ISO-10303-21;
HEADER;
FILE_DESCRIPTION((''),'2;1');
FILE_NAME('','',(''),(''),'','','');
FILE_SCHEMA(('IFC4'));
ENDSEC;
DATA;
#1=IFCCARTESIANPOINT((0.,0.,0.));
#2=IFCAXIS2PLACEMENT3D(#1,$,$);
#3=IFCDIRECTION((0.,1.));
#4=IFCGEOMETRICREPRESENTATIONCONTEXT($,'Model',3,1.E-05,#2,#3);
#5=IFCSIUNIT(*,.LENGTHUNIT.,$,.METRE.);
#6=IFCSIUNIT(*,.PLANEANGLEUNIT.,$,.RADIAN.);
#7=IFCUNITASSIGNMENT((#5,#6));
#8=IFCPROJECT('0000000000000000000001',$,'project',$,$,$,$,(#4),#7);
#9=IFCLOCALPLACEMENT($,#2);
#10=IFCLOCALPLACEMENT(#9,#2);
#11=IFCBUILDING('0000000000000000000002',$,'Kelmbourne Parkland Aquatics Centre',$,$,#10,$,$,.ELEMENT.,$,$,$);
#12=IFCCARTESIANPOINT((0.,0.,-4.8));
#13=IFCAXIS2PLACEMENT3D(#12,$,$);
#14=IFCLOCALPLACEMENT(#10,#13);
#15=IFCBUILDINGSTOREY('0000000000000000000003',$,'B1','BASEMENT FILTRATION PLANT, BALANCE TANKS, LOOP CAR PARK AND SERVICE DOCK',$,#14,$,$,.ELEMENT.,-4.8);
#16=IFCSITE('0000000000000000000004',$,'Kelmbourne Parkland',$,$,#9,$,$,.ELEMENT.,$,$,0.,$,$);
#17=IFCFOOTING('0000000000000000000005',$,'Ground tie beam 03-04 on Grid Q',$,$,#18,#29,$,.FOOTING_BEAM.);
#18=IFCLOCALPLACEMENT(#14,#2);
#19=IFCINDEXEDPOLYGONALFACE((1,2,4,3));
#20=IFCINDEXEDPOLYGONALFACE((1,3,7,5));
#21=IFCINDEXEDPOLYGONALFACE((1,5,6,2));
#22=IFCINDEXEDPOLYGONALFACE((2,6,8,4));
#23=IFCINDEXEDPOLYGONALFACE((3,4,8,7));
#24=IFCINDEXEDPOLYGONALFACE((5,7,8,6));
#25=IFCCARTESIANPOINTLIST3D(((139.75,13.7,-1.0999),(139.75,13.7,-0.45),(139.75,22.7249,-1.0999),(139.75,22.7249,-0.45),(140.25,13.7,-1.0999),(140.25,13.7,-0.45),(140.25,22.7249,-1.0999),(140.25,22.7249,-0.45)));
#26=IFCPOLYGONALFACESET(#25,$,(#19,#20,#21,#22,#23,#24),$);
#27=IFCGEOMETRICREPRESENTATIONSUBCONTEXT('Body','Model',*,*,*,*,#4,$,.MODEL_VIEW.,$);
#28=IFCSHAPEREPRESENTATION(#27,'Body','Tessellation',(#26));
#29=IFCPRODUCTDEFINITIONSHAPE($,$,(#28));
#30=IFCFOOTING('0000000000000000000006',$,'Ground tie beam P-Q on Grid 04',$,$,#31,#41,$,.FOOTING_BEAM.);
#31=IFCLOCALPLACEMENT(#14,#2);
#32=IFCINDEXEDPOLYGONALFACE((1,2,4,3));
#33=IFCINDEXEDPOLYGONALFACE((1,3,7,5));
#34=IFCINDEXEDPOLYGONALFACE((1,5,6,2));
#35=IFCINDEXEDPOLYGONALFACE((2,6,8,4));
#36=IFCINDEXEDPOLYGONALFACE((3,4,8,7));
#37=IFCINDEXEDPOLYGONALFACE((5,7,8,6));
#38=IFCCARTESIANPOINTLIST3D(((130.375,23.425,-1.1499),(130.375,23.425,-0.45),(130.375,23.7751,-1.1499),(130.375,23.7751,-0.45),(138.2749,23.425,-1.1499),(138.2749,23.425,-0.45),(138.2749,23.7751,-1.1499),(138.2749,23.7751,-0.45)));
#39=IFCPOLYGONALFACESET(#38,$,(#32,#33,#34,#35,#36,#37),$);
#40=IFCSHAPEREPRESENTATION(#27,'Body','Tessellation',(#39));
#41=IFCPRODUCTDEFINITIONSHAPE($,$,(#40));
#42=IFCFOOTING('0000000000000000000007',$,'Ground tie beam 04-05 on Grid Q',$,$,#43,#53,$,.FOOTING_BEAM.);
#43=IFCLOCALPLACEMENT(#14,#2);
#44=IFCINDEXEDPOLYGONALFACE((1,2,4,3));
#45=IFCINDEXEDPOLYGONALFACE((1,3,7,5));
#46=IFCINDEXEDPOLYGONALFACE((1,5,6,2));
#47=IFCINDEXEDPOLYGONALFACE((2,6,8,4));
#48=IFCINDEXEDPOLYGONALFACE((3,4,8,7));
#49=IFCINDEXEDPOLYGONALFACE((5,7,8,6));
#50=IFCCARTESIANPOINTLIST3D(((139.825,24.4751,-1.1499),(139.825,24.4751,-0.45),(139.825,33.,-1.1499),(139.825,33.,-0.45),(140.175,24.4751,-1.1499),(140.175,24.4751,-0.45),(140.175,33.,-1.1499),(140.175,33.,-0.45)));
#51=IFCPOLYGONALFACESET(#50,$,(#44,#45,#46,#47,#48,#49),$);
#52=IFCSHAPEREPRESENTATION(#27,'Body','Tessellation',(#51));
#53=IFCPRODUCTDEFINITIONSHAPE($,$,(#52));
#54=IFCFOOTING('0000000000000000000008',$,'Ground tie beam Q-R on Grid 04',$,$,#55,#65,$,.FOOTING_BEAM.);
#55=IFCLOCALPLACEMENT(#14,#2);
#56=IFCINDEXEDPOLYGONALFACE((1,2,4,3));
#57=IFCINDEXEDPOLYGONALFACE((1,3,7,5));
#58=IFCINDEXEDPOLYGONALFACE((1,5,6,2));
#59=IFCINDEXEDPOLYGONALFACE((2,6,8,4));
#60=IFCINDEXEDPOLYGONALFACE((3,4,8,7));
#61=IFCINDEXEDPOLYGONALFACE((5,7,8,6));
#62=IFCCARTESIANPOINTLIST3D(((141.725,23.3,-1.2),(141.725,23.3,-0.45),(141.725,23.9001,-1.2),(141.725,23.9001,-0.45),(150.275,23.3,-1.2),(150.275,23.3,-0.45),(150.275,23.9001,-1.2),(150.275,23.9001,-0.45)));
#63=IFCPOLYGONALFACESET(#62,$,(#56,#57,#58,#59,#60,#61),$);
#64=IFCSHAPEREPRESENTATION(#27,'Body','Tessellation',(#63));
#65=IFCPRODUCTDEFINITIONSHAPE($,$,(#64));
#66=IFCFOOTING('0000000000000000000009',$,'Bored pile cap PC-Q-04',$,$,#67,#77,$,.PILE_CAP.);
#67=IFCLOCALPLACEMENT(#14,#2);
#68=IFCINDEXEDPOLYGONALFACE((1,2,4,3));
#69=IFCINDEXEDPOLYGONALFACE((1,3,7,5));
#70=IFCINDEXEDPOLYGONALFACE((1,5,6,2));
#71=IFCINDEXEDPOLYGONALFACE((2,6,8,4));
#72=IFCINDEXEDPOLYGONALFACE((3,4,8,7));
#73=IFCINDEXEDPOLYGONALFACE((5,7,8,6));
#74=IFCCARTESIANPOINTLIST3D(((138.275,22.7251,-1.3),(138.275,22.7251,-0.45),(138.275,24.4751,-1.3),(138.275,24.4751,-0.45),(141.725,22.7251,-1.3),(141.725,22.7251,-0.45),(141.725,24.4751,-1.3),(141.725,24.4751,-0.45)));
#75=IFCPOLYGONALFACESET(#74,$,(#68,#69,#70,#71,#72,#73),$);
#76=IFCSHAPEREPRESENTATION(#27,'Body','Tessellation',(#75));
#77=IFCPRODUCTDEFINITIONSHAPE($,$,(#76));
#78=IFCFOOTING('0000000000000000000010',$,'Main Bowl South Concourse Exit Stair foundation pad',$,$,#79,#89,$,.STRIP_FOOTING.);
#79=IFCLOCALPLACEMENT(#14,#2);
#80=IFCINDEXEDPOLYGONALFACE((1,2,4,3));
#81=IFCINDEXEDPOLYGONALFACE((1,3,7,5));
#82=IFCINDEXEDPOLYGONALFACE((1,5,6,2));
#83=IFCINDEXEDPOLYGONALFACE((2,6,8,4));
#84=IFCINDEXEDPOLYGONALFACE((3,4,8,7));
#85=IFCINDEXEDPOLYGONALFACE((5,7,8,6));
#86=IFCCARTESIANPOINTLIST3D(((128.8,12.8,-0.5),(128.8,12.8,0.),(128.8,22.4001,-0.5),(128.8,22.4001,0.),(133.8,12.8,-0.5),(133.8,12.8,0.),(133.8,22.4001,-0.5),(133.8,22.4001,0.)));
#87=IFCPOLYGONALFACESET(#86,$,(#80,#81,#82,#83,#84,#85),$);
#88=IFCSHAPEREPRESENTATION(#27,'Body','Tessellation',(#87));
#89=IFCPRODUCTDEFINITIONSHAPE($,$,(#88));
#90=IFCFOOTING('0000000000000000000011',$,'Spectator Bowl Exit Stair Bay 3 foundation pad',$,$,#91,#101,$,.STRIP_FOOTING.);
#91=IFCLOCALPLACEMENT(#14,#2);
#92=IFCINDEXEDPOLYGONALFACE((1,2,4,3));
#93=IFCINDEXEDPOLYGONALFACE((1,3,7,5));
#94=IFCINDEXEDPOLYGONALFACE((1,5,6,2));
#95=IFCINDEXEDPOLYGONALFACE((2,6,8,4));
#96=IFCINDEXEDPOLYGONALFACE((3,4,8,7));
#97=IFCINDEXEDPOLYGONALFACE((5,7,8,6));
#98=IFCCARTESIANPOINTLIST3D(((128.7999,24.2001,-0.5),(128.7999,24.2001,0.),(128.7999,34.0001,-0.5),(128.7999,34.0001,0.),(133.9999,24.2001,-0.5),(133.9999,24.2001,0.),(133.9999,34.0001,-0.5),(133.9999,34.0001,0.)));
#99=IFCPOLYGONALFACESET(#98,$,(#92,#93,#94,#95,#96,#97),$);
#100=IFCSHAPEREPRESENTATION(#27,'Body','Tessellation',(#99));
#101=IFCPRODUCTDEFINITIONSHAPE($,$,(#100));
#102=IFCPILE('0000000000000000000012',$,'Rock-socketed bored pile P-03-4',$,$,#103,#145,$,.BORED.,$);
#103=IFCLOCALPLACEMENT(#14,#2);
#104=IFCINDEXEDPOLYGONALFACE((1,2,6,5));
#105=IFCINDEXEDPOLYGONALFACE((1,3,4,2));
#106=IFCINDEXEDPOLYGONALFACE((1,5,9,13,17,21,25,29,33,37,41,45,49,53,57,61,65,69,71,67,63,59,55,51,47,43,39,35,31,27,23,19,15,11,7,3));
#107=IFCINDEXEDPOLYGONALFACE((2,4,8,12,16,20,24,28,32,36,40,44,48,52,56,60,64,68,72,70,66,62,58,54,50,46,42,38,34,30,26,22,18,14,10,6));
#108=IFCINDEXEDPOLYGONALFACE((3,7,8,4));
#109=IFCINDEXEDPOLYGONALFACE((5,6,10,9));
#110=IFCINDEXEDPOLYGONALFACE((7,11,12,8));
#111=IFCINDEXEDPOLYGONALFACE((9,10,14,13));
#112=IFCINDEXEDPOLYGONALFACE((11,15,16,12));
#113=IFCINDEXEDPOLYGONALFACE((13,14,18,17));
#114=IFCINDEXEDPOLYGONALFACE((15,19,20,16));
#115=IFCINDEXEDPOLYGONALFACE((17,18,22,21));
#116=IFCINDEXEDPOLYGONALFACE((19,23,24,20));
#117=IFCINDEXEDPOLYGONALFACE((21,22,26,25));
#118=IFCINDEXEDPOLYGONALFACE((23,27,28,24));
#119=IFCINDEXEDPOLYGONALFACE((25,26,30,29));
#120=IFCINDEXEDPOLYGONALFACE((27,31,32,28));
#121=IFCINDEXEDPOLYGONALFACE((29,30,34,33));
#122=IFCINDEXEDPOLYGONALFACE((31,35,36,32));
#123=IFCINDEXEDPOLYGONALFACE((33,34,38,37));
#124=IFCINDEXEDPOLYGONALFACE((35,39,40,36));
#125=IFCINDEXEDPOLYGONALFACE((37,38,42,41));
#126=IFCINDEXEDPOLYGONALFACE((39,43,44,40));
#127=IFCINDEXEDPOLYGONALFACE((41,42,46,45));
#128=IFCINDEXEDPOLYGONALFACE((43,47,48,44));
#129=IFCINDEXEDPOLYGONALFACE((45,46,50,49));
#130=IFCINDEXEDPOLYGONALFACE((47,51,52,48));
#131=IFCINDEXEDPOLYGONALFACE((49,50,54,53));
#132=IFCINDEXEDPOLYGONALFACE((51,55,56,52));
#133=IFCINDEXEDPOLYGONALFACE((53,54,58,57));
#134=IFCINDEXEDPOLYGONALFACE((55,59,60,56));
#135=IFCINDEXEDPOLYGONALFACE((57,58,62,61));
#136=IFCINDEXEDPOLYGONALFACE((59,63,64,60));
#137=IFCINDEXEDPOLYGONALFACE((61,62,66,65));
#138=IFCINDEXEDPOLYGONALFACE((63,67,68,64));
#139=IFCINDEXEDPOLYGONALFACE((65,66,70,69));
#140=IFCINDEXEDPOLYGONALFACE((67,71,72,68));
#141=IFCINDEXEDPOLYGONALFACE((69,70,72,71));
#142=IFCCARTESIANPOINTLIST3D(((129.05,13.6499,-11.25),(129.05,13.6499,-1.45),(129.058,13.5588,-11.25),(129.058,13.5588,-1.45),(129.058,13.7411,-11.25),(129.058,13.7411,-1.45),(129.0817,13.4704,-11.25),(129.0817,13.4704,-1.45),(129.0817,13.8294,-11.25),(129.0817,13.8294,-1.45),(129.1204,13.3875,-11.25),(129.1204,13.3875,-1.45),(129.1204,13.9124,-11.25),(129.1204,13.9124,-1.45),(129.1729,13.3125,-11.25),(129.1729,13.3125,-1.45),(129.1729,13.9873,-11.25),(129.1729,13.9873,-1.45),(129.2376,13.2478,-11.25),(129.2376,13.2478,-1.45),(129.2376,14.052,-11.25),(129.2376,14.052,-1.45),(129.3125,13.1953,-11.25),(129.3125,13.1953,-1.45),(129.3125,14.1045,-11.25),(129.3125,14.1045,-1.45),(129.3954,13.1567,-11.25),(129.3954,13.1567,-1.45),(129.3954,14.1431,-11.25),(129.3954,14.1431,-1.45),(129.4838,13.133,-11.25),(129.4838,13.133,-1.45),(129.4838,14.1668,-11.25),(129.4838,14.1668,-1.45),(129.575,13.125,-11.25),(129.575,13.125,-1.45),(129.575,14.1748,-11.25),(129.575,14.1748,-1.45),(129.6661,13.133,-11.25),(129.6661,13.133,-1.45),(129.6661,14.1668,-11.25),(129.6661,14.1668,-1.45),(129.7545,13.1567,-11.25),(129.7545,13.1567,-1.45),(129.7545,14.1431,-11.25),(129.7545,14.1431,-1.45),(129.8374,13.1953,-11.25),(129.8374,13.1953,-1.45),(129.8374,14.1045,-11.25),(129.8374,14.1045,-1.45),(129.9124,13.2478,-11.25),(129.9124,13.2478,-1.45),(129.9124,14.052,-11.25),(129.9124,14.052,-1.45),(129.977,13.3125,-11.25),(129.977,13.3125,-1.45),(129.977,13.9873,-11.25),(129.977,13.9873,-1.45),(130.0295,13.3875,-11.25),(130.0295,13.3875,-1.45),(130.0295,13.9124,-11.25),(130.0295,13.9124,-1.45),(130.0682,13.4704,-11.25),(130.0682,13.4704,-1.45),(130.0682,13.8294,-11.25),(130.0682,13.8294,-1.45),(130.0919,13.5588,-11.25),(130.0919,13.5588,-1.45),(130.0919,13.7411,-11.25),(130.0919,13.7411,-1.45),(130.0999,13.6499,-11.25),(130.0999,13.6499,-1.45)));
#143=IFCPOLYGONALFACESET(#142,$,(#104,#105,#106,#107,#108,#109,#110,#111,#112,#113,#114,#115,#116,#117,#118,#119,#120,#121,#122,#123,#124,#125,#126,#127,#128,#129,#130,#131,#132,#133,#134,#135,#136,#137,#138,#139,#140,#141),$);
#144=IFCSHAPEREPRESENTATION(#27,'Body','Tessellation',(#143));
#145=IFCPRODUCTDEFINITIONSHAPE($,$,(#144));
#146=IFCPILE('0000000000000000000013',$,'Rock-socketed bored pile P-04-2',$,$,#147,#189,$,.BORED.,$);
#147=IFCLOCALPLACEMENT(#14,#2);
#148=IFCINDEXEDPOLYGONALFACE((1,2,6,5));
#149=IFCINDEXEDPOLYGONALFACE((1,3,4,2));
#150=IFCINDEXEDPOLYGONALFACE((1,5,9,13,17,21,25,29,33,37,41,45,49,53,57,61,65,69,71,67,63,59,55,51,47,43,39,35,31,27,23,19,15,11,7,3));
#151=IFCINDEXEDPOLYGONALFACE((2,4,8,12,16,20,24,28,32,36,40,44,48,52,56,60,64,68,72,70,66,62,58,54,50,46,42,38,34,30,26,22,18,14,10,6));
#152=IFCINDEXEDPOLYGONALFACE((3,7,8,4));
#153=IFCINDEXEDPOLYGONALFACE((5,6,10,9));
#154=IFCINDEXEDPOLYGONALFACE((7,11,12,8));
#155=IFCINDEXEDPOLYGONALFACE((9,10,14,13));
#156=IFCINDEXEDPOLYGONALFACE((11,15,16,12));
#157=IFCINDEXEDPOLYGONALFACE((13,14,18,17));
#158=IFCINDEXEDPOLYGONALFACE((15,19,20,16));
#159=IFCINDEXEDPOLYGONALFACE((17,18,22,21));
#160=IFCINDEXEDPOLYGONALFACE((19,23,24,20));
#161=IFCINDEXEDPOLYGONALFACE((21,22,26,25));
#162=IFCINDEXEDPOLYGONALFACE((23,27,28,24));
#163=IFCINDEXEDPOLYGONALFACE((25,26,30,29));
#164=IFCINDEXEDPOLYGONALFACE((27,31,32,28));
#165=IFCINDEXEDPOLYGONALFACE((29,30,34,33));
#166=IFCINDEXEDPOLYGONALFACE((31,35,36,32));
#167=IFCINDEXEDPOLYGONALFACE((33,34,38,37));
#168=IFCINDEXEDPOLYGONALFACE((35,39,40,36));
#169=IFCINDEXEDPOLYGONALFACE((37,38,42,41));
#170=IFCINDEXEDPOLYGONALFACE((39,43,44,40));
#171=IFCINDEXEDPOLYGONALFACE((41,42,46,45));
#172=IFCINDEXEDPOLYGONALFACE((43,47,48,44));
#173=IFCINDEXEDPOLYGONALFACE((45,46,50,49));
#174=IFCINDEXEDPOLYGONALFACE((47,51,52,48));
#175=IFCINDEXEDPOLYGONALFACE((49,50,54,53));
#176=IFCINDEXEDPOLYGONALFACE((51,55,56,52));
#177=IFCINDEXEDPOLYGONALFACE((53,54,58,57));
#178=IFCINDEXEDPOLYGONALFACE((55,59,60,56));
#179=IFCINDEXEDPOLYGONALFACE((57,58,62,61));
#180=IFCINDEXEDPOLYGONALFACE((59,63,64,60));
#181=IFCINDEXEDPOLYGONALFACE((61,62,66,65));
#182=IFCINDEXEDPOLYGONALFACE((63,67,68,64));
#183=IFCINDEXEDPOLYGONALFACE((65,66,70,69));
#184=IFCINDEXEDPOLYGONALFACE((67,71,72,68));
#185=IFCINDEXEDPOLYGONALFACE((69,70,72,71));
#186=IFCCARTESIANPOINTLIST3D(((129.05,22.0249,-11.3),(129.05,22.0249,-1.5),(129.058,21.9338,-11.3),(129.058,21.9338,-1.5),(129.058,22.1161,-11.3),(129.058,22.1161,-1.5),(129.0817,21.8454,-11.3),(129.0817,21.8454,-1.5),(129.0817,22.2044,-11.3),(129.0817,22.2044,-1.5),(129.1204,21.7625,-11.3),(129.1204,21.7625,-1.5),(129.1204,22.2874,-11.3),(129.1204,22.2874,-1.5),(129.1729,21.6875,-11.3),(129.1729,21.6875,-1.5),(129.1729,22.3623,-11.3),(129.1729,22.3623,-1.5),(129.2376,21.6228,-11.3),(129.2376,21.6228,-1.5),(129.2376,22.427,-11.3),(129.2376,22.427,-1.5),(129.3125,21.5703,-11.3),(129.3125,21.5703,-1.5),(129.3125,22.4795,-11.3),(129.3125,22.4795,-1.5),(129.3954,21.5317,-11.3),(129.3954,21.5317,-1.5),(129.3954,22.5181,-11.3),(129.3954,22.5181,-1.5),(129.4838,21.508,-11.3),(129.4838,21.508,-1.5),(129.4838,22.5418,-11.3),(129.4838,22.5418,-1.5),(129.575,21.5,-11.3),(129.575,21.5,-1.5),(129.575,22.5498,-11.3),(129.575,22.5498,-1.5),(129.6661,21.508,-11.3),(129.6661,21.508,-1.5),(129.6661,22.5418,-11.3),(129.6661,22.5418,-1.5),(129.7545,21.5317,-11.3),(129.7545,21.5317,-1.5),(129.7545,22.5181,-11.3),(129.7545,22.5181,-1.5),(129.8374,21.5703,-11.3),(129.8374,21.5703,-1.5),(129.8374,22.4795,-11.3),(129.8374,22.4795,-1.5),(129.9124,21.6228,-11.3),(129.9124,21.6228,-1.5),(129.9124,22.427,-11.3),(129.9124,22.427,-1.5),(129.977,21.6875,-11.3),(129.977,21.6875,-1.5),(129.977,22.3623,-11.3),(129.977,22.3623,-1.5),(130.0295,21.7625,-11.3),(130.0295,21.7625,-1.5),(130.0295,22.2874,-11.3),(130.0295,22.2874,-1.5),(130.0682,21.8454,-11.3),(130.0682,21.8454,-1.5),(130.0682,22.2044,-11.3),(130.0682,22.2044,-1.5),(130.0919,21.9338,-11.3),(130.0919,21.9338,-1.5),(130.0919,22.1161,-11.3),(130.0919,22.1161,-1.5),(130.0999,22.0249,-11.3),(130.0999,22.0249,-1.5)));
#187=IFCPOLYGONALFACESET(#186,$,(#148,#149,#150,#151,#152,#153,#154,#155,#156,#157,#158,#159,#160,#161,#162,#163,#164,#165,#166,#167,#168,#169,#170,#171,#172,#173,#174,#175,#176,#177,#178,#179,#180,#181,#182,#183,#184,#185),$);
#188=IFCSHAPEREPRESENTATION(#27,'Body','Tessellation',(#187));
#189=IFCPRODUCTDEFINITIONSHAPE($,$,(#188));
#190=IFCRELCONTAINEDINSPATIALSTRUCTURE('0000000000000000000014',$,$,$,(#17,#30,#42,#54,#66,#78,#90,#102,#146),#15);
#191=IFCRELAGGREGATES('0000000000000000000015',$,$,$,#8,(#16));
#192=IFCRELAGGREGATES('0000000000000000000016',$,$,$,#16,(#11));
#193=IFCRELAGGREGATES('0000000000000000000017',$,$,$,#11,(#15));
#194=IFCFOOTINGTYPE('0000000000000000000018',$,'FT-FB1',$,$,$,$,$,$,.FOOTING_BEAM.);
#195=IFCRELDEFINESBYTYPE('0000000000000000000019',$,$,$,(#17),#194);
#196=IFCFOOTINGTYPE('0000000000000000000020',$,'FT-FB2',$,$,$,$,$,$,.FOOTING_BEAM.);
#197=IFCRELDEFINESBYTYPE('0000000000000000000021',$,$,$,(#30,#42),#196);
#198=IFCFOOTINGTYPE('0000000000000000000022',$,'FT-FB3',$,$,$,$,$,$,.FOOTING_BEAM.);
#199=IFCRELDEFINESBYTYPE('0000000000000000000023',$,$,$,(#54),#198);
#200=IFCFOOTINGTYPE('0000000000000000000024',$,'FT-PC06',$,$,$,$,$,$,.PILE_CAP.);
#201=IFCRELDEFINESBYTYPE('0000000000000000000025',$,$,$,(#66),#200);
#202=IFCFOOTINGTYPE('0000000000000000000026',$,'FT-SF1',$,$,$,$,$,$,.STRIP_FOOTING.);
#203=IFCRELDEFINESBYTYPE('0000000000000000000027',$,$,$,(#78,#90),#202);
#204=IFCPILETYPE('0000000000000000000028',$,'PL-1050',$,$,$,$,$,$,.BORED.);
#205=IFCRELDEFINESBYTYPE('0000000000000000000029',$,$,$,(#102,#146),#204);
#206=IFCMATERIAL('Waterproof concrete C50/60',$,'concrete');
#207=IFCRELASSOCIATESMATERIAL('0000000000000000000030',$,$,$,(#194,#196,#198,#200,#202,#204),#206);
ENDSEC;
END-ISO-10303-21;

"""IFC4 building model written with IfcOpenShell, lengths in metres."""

from ifc_helpers import new_model, si_unit, direction, frame, origin, origin_2d, place, context, subcontext, project, spatial, rectangle, circle, extrude, material, material_profile, profile_set, type_object, element, save


model = new_model("IFC4")

# Units and contexts
model_context = context("Model", 3, precision=1e-05, world=origin(), true_north=direction((0.0, 1.0)))
body_context = subcontext(model_context, "Body", "Model", "MODEL_VIEW")
ifc_project = project(units=[si_unit("LENGTHUNIT", "METRE"), si_unit("PLANEANGLEUNIT", "RADIAN")], contexts=[model_context])

# Site, building, storey
site_placement = place(None, origin())
site = spatial("IfcSite", under=ifc_project, at=site_placement, Name="Kelmbourne Parkland", CompositionType="ELEMENT", RefElevation=0.0)
building_placement = place(site_placement, origin())
building = spatial("IfcBuilding", under=site, at=building_placement, Name="Kelmbourne Parkland Aquatics Centre", CompositionType="ELEMENT")
storey_placement = place(building_placement, frame((0.0, 0.0, -4.8)))
storey = spatial("IfcBuildingStorey", under=building, at=storey_placement, Name="B1", Description="BASEMENT FILTRATION PLANT, BALANCE TANKS, LOOP CAR PARK AND SERVICE DOCK", CompositionType="ELEMENT", Elevation=-4.8)

# Footings
ifc_material_1 = material(Name="Waterproof concrete C50/60", Category="concrete")
footing_type_1 = type_object("IfcFootingType", Name="FT-FB1", PredefinedType="FOOTING_BEAM", material=ifc_material_1)
footing_1_placement = place(storey_placement, frame((140.0, 18.2124, -1.0999), z_axis=(0.0, 0.0, 1.0), x_axis=(0.0, 1.0, 0.0)))
element("IfcFooting", 1, at=footing_1_placement, inside=storey, type_object=footing_type_1, Name="Ground tie beam 03-04 on Grid Q", PredefinedType="FOOTING_BEAM", context=body_context, shape_type="SweptSolid", body=[
    extrude(rectangle(XDim=9.0249, YDim=0.5, at=origin_2d()), origin(), (0.0, 0.0, 1.0), 0.6499),
])
footing_type_2 = type_object("IfcFootingType", Name="FT-FB2", PredefinedType="FOOTING_BEAM", material=ifc_material_1)
footing_2_placement = place(storey_placement, frame((134.325, 23.6001, -1.1499), z_axis=(0.0, 0.0, 1.0), x_axis=(1.0, 0.0, 0.0)))
element("IfcFooting", 2, at=footing_2_placement, inside=storey, type_object=footing_type_2, Name="Ground tie beam P-Q on Grid 04", PredefinedType="FOOTING_BEAM", context=body_context, shape_type="SweptSolid", body=[
    extrude(rectangle(XDim=7.8999, YDim=0.3501, at=origin_2d()), origin(), (0.0, 0.0, 1.0), 0.7),
])
footing_3_placement = place(storey_placement, frame((140.0, 28.7375, -1.1499), z_axis=(0.0, 0.0, 1.0), x_axis=(0.0, 1.0, 0.0)))
element("IfcFooting", 3, at=footing_3_placement, inside=storey, type_object=footing_type_2, Name="Ground tie beam 04-05 on Grid Q", PredefinedType="FOOTING_BEAM", context=body_context, shape_type="SweptSolid", body=[
    extrude(rectangle(XDim=8.5249, YDim=0.3501, at=origin_2d()), origin(), (0.0, 0.0, 1.0), 0.7),
])
footing_type_3 = type_object("IfcFootingType", Name="FT-FB3", PredefinedType="FOOTING_BEAM", material=ifc_material_1)
footing_4_placement = place(storey_placement, frame((146.0, 23.6001, -1.2), z_axis=(0.0, 0.0, 1.0), x_axis=(1.0, 0.0, 0.0)))
element("IfcFooting", 4, at=footing_4_placement, inside=storey, type_object=footing_type_3, Name="Ground tie beam Q-R on Grid 04", PredefinedType="FOOTING_BEAM", context=body_context, shape_type="SweptSolid", body=[
    extrude(rectangle(XDim=8.55, YDim=0.6001, at=origin_2d()), origin(), (0.0, 0.0, 1.0), 0.75),
])
footing_type_4 = type_object("IfcFootingType", Name="FT-PC06", PredefinedType="PILE_CAP", material=ifc_material_1)
footing_5_placement = place(storey_placement, frame((140.0, 23.6001, -1.3), z_axis=(0.0, 0.0, 1.0), x_axis=(1.0, 0.0, 0.0)))
element("IfcFooting", 5, at=footing_5_placement, inside=storey, type_object=footing_type_4, Name="Bored pile cap PC-Q-04", PredefinedType="PILE_CAP", context=body_context, shape_type="SweptSolid", body=[
    extrude(rectangle(XDim=3.45, YDim=1.75, at=origin_2d()), origin(), (0.0, 0.0, 1.0), 0.8501),
])
footing_type_5 = type_object("IfcFootingType", Name="FT-SF1", PredefinedType="STRIP_FOOTING", material=ifc_material_1)
footing_6_placement = place(storey_placement, frame((131.3, 17.6001, -0.5), z_axis=(0.0, 0.0, 1.0), x_axis=(1.0, 0.0, 0.0)))
element("IfcFooting", 6, at=footing_6_placement, inside=storey, type_object=footing_type_5, Name="Main Bowl South Concourse Exit Stair foundation pad", PredefinedType="STRIP_FOOTING", context=body_context, shape_type="SweptSolid", body=[
    extrude(rectangle(XDim=5.0, YDim=9.6001, at=origin_2d()), origin(), (0.0, 0.0, 1.0), 0.5),
])
footing_7_placement = place(storey_placement, frame((131.3999, 29.1001, -0.5), z_axis=(0.0, 0.0, 1.0), x_axis=(1.0, 0.0, 0.0)))
element("IfcFooting", 7, at=footing_7_placement, inside=storey, type_object=footing_type_5, Name="Spectator Bowl Exit Stair Bay 3 foundation pad", PredefinedType="STRIP_FOOTING", context=body_context, shape_type="SweptSolid", body=[
    extrude(rectangle(XDim=5.2, YDim=9.8, at=origin_2d()), origin(), (0.0, 0.0, 1.0), 0.5),
])

# Piles
ifc_material_profile_1 = material_profile(ifc_material_1, circle(Radius=0.5249, at=origin_2d()), Name="PILE D1050")
ifc_profile_set_1 = profile_set([ifc_material_profile_1], Name="Waterproof concrete C50/60")
pile_type_1 = type_object("IfcPileType", Name="PL-1050", PredefinedType="BORED", material=ifc_profile_set_1)
for number, where, z_axis, x_axis, name in (
    (8, (129.575, 13.6499, -1.45), (0.0, 0.0, -1.0), (1.0, 0.0, 0.0), "Rock-socketed bored pile P-03-4"),
    (9, (129.575, 22.0249, -1.5), (0.0, 0.0, -1.0), (1.0, 0.0, 0.0), "Rock-socketed bored pile P-04-2"),
):
    element("IfcPile", number, at=place(storey_placement, frame(where, z_axis=z_axis, x_axis=x_axis)), inside=storey, type_object=pile_type_1, Name=name, PredefinedType="BORED", context=body_context, shape_type="SweptSolid", body=[
        extrude(circle(Radius=0.5249, at=origin_2d()), origin(), (0.0, 0.0, 1.0), 9.8),
    ])

save(model, "model.ifc")
